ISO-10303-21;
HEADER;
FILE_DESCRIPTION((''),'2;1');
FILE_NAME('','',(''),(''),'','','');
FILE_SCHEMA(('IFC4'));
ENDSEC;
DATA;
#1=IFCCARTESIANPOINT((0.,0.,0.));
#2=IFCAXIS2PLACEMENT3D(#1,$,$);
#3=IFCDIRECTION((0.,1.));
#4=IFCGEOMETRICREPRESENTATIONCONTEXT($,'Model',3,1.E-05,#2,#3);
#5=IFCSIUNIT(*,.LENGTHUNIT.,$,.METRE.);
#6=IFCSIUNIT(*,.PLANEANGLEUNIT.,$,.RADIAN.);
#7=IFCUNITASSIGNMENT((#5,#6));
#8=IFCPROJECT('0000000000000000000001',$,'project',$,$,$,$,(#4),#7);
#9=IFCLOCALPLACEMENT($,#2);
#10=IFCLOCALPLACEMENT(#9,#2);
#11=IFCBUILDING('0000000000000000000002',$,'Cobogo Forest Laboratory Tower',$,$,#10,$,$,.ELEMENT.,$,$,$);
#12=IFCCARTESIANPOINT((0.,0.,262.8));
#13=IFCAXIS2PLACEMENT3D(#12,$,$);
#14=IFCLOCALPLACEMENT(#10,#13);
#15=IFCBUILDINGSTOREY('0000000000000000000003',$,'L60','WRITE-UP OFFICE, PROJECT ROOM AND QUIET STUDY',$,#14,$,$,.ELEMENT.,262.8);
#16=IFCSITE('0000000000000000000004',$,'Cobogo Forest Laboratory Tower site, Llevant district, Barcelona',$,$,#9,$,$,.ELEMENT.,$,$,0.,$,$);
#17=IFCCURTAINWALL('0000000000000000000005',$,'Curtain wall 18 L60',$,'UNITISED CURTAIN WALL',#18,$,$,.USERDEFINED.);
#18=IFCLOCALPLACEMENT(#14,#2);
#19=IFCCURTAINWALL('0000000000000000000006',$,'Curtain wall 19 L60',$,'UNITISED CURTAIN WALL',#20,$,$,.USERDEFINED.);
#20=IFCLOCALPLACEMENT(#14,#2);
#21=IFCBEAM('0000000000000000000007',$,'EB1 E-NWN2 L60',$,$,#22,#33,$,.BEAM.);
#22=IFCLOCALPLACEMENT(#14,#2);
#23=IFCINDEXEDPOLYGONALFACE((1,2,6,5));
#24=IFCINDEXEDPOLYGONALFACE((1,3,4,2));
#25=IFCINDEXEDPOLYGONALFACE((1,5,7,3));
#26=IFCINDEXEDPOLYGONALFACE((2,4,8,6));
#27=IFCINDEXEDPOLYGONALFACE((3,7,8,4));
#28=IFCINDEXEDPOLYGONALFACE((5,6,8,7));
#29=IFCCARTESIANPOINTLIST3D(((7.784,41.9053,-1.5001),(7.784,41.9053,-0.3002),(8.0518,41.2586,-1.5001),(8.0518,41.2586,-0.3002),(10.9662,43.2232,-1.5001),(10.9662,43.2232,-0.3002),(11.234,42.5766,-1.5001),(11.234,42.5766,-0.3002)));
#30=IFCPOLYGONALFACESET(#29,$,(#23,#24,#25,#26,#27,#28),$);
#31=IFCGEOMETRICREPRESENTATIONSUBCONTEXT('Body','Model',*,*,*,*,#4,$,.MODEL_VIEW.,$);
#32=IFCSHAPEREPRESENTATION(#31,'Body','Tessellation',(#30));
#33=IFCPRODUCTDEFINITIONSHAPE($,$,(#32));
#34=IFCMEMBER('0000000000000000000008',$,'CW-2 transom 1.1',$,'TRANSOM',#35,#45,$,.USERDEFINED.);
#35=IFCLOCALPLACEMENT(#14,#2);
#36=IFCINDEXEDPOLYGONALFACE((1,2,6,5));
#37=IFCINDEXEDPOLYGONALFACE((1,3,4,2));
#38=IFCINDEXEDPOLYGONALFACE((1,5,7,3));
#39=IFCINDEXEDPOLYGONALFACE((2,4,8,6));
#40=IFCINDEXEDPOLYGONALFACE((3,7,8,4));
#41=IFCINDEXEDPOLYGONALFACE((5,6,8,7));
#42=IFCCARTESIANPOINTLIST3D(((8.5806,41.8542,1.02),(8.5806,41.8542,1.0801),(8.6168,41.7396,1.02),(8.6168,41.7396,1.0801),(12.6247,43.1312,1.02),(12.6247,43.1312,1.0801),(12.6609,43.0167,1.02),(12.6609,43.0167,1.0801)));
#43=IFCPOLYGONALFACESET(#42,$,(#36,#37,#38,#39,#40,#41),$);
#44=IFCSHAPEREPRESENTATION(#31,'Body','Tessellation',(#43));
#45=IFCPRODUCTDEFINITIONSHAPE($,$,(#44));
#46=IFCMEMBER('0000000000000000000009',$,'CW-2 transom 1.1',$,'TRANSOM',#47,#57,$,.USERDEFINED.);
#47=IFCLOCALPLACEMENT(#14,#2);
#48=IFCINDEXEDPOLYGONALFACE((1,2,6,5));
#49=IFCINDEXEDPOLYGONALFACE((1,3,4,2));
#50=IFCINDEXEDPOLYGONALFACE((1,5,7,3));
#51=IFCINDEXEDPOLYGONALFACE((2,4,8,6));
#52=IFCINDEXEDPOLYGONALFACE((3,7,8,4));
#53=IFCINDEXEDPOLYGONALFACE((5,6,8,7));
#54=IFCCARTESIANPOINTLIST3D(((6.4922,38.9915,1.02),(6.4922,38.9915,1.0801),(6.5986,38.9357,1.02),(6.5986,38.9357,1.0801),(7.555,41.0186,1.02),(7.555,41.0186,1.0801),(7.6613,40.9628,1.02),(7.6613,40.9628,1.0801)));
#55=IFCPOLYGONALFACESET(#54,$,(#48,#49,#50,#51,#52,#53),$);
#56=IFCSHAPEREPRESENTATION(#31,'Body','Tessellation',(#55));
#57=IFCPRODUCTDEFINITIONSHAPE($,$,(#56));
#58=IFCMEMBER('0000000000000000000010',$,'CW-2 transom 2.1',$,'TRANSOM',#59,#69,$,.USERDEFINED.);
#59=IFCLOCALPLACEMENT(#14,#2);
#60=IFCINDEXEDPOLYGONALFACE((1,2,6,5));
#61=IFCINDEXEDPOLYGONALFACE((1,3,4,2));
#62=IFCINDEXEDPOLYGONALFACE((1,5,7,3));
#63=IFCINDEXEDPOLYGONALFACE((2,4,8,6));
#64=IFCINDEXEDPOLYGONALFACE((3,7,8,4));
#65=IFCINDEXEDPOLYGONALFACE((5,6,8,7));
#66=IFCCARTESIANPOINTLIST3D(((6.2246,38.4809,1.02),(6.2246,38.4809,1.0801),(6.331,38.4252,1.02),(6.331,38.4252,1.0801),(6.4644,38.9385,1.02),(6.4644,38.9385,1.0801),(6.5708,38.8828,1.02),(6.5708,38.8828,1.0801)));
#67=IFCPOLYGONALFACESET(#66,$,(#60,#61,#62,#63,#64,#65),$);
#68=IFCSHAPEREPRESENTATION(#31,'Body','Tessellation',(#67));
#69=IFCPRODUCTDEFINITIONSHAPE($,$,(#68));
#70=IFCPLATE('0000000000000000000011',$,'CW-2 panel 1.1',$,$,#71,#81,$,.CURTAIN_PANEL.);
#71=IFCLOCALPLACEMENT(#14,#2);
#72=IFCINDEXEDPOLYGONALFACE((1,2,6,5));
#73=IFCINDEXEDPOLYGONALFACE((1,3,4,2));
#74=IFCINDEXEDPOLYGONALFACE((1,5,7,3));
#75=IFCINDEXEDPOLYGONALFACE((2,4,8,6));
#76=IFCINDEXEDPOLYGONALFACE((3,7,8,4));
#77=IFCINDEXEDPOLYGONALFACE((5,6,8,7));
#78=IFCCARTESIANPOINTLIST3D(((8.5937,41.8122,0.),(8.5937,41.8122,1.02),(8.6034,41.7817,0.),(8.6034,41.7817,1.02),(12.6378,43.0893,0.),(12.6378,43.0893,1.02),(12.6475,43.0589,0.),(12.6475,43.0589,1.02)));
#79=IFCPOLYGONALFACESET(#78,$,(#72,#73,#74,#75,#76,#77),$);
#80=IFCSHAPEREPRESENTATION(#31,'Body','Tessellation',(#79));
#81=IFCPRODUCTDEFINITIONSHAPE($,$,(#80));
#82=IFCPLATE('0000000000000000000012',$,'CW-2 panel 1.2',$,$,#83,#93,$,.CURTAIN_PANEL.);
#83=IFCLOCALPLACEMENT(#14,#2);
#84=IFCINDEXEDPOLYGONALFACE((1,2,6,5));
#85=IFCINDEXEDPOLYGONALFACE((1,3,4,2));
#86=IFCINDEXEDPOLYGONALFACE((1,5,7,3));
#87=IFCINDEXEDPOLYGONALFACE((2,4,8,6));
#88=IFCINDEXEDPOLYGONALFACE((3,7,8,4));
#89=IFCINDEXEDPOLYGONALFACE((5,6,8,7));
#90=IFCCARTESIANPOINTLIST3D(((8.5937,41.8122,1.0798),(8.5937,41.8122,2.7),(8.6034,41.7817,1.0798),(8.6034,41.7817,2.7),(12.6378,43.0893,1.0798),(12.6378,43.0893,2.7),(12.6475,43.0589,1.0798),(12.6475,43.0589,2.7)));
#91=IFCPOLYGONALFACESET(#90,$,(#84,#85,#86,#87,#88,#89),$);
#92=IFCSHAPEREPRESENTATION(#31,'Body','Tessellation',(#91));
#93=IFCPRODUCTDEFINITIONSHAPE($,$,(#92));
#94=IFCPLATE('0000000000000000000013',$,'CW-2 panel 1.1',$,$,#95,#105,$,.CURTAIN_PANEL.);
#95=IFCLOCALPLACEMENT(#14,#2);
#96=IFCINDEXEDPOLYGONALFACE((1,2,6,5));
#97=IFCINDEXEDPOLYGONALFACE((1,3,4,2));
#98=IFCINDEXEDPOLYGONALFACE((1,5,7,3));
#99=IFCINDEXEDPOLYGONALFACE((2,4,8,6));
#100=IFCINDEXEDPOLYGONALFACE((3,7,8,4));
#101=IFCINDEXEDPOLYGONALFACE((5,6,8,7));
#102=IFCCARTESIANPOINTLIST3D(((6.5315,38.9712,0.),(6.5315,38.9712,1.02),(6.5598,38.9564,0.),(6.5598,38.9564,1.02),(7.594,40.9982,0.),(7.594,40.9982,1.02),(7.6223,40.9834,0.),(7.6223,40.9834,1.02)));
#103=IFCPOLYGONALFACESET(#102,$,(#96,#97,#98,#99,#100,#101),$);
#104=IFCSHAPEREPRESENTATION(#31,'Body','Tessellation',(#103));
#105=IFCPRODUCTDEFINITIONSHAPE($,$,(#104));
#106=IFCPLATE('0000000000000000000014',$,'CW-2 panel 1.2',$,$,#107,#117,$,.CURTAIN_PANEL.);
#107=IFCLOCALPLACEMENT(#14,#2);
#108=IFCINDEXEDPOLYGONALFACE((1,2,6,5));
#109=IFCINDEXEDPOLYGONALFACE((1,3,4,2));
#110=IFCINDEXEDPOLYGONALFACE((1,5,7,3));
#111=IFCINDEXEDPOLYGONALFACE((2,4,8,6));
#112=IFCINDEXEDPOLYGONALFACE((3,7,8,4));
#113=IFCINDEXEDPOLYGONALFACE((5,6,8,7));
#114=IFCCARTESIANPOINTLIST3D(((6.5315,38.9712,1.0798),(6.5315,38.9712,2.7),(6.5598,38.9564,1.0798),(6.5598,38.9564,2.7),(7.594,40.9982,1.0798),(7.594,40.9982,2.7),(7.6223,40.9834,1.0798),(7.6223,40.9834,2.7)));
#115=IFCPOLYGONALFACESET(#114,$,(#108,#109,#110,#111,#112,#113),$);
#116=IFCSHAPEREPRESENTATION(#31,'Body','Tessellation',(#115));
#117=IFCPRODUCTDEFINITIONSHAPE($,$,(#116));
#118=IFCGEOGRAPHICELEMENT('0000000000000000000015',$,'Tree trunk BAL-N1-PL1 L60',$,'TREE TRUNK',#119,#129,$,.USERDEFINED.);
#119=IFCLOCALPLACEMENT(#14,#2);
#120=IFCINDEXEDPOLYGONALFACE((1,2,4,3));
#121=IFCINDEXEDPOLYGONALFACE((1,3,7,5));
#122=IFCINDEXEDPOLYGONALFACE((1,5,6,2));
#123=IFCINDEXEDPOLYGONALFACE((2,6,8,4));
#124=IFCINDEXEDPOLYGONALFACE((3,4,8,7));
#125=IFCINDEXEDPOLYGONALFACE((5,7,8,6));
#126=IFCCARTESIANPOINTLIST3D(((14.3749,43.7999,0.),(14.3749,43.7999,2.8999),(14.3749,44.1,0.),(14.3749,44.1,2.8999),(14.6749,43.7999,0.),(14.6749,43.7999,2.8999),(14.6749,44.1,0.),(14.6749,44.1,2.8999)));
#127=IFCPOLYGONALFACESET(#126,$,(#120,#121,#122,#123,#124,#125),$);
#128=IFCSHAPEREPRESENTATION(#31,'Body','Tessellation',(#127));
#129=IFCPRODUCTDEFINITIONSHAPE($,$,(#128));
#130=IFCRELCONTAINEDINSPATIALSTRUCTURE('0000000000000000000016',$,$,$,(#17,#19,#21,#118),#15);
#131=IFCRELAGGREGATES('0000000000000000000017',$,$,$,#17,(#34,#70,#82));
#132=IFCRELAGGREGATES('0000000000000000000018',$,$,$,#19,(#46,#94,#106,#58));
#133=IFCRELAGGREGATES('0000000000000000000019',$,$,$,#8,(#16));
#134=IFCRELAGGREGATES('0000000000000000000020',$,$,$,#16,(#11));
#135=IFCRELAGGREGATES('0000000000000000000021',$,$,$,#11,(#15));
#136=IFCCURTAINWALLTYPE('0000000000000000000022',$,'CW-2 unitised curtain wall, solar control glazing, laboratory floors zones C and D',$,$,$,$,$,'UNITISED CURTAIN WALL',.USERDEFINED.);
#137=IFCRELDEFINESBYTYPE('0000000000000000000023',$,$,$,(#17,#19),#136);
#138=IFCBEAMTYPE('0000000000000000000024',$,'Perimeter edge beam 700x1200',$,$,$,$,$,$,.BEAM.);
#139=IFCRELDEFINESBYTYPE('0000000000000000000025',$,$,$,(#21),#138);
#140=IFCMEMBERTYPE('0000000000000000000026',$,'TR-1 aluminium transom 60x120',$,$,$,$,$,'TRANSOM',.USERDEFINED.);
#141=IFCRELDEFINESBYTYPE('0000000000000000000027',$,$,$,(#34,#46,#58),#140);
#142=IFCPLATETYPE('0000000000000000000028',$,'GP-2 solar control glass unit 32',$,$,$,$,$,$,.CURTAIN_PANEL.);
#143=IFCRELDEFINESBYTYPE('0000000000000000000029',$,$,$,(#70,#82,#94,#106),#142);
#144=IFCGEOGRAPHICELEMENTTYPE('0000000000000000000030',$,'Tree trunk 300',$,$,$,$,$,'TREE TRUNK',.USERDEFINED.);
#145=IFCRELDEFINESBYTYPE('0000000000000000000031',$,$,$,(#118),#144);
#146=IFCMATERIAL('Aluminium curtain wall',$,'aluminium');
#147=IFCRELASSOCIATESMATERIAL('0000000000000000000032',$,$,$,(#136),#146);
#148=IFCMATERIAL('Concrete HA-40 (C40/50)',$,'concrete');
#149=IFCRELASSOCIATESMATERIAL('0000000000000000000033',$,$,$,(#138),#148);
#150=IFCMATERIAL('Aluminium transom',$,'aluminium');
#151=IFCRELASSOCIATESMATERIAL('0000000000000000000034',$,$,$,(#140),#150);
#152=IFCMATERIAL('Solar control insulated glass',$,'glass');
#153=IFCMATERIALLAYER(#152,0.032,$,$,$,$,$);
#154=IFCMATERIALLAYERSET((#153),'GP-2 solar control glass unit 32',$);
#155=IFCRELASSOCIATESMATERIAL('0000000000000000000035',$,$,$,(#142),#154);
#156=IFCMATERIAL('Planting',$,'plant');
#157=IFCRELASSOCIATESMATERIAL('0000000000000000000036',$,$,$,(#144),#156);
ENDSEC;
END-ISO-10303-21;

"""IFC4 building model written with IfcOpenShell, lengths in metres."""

from ifc_helpers import new_model, si_unit, direction, frame, origin, origin_2d, place, context, subcontext, project, spatial, rectangle, extrude, material, layer, layer_set, material_profile, profile_set, type_object, element, aggregate, save


model = new_model("IFC4")

# Units and contexts
model_context = context("Model", 3, precision=1e-05, world=origin(), true_north=direction((0.0, 1.0)))
body_context = subcontext(model_context, "Body", "Model", "MODEL_VIEW")
ifc_project = project(units=[si_unit("LENGTHUNIT", "METRE"), si_unit("PLANEANGLEUNIT", "RADIAN")], contexts=[model_context])

# Site, building, storey
site_placement = place(None, origin())
site = spatial("IfcSite", under=ifc_project, at=site_placement, Name="Cobogo Forest Laboratory Tower site, Llevant district, Barcelona", CompositionType="ELEMENT", RefElevation=0.0)
building_placement = place(site_placement, origin())
building = spatial("IfcBuilding", under=site, at=building_placement, Name="Cobogo Forest Laboratory Tower", CompositionType="ELEMENT")
storey_placement = place(building_placement, frame((0.0, 0.0, 262.8)))
storey = spatial("IfcBuildingStorey", under=building, at=storey_placement, Name="L60", Description="WRITE-UP OFFICE, PROJECT ROOM AND QUIET STUDY", CompositionType="ELEMENT", Elevation=262.8)

# Shared definitions
ifc_material_1 = material(Name="Concrete HA-40 (C40/50)", Category="concrete")

# Curtain walls
ifc_material_2 = material(Name="Aluminium curtain wall", Category="aluminium")
curtain_wall_type = type_object("IfcCurtainWallType", Name="CW-2 unitised curtain wall, solar control glazing, laboratory floors zones C and D", ElementType="UNITISED CURTAIN WALL", PredefinedType="USERDEFINED", material=ifc_material_2)
curtain_wall_1_placement = place(storey_placement, origin())
curtain_wall_1 = element("IfcCurtainWall", 1, at=curtain_wall_1_placement, inside=storey, type_object=curtain_wall_type, Name="Curtain wall 18 L60", ObjectType="UNITISED CURTAIN WALL", PredefinedType="USERDEFINED")
curtain_wall_2_placement = place(storey_placement, origin())
curtain_wall_2 = element("IfcCurtainWall", 2, at=curtain_wall_2_placement, inside=storey, type_object=curtain_wall_type, Name="Curtain wall 19 L60", ObjectType="UNITISED CURTAIN WALL", PredefinedType="USERDEFINED")

# Beam
ifc_material_profile_1 = material_profile(ifc_material_1, rectangle(XDim=0.7, YDim=1.2, at=origin_2d()), Name="RC 700x1200")
ifc_profile_set_1 = profile_set([ifc_material_profile_1], Name="Concrete HA-40 (C40/50)")
beam_type_1 = type_object("IfcBeamType", Name="Perimeter edge beam 700x1200", PredefinedType="BEAM", material=ifc_profile_set_1)
beam_1_placement = place(storey_placement, frame((11.1001, 42.8999, -0.9001), z_axis=(-0.923901, -0.382631, 0.0), x_axis=(0.382631, -0.923901, 0.0)))
element("IfcBeam", 3, at=beam_1_placement, inside=storey, type_object=beam_type_1, Name="EB1 E-NWN2 L60", PredefinedType="BEAM", context=body_context, shape_type="SweptSolid", body=[
    extrude(rectangle(XDim=0.7, YDim=1.2, at=origin_2d()), origin(), (0.0, 0.0, 1.0), 3.4443),
])

# Members
ifc_material_3 = material(Name="Aluminium transom", Category="aluminium")
ifc_material_profile_2 = material_profile(ifc_material_3, rectangle(XDim=0.1201, YDim=0.0601, at=origin_2d()), Name="AL 60x120")
ifc_profile_set_2 = profile_set([ifc_material_profile_2], Name="Aluminium transom")
member_type_1 = type_object("IfcMemberType", Name="TR-1 aluminium transom 60x120", ElementType="TRANSOM", PredefinedType="USERDEFINED", material=ifc_profile_set_2)
member_1_placement = place(storey_placement, frame((12.6428, 43.074, 1.05), z_axis=(-0.953584, -0.301129, 0.0), x_axis=(0.301129, -0.953584, 0.0)))
member_1 = element("IfcMember", 4, at=member_1_placement, type_object=member_type_1, Name="CW-2 transom 1.1", ObjectType="TRANSOM", PredefinedType="USERDEFINED", context=body_context, shape_type="SweptSolid", body=[
    extrude(rectangle(XDim=0.1201, YDim=0.0601, at=origin_2d()), origin(), (0.0, 0.0, 1.0), 4.241),
])
member_2_placement = place(storey_placement, frame((7.6082, 40.9907, 1.05), z_axis=(-0.464326, -0.885664, 0.0), x_axis=(0.885664, -0.464326, 0.0)))
member_2 = element("IfcMember", 5, at=member_2_placement, type_object=member_type_1, Name="CW-2 transom 1.1", ObjectType="TRANSOM", PredefinedType="USERDEFINED", context=body_context, shape_type="SweptSolid", body=[
    extrude(rectangle(XDim=0.1201, YDim=0.0601, at=origin_2d()), origin(), (0.0, 0.0, 1.0), 2.2888),
])
member_3_placement = place(storey_placement, frame((6.5176, 38.9106, 1.05), z_axis=(-0.464148, -0.885758, 0.0), x_axis=(0.885758, -0.464148, 0.0)))
member_3 = element("IfcMember", 6, at=member_3_placement, type_object=member_type_1, Name="CW-2 transom 2.1", ObjectType="TRANSOM", PredefinedType="USERDEFINED", context=body_context, shape_type="SweptSolid", body=[
    extrude(rectangle(XDim=0.1201, YDim=0.0601, at=origin_2d()), origin(), (0.0, 0.0, 1.0), 0.5166),
])

# Plates
ifc_material_4 = material(Name="Solar control insulated glass", Category="glass")
ifc_layer_1 = layer(ifc_material_4, 0.032)
ifc_layer_set_1 = layer_set([ifc_layer_1], Name="GP-2 solar control glass unit 32")
plate_type = type_object("IfcPlateType", Name="GP-2 solar control glass unit 32", PredefinedType="CURTAIN_PANEL", material=ifc_layer_set_1)
plate_1_placement = place(storey_placement, frame((10.6206, 42.4355, 0.0), z_axis=(0.0, 0.0, 1.0), x_axis=(-0.953581, -0.301135, 0.0)))
plate_1 = element("IfcPlate", 7, at=plate_1_placement, type_object=plate_type, Name="CW-2 panel 1.1", PredefinedType="CURTAIN_PANEL", context=body_context, shape_type="SweptSolid", body=[
    extrude(rectangle(XDim=4.241, YDim=0.032, at=origin_2d()), origin(), (0.0, 0.0, 1.0), 1.02),
])
plate_2_placement = place(storey_placement, frame((10.6206, 42.4355, 1.0798), z_axis=(0.0, 0.0, 1.0), x_axis=(-0.953581, -0.301135, 0.0)))
plate_2 = element("IfcPlate", 8, at=plate_2_placement, type_object=plate_type, Name="CW-2 panel 1.2", PredefinedType="CURTAIN_PANEL", context=body_context, shape_type="SweptSolid", body=[
    extrude(rectangle(XDim=4.241, YDim=0.032, at=origin_2d()), origin(), (0.0, 0.0, 1.0), 1.6201),
])
aggregate(curtain_wall_1, [member_1, plate_1, plate_2])
plate_3_placement = place(storey_placement, frame((7.0769, 39.9773, 0.0), z_axis=(0.0, 0.0, 1.0), x_axis=(-0.464284, -0.885686, 0.0)))
plate_3 = element("IfcPlate", 9, at=plate_3_placement, type_object=plate_type, Name="CW-2 panel 1.1", PredefinedType="CURTAIN_PANEL", context=body_context, shape_type="SweptSolid", body=[
    extrude(rectangle(XDim=2.2886, YDim=0.032, at=origin_2d()), origin(), (0.0, 0.0, 1.0), 1.02),
])
plate_4_placement = place(storey_placement, frame((7.0769, 39.9773, 1.0798), z_axis=(0.0, 0.0, 1.0), x_axis=(-0.464284, -0.885686, 0.0)))
plate_4 = element("IfcPlate", 10, at=plate_4_placement, type_object=plate_type, Name="CW-2 panel 1.2", PredefinedType="CURTAIN_PANEL", context=body_context, shape_type="SweptSolid", body=[
    extrude(rectangle(XDim=2.2886, YDim=0.032, at=origin_2d()), origin(), (0.0, 0.0, 1.0), 1.6201),
])
aggregate(curtain_wall_2, [member_2, plate_3, plate_4, member_3])

# Geographic element
ifc_material_5 = material(Name="Planting", Category="plant")
geographic_element_type = type_object("IfcGeographicElementType", Name="Tree trunk 300", ElementType="TREE TRUNK", PredefinedType="USERDEFINED", material=ifc_material_5)
geographic_element_placement = place(storey_placement, frame((14.5249, 43.95, 0.0), z_axis=(0.0, 0.0, 1.0), x_axis=(1.0, 0.0, 0.0)))
element("IfcGeographicElement", 11, at=geographic_element_placement, inside=storey, type_object=geographic_element_type, Name="Tree trunk BAL-N1-PL1 L60", ObjectType="TREE TRUNK", PredefinedType="USERDEFINED", context=body_context, shape_type="SweptSolid", body=[
    extrude(rectangle(XDim=0.3, YDim=0.3, at=origin_2d()), origin(), (0.0, 0.0, 1.0), 2.8999),
])

save(model, "model.ifc")
